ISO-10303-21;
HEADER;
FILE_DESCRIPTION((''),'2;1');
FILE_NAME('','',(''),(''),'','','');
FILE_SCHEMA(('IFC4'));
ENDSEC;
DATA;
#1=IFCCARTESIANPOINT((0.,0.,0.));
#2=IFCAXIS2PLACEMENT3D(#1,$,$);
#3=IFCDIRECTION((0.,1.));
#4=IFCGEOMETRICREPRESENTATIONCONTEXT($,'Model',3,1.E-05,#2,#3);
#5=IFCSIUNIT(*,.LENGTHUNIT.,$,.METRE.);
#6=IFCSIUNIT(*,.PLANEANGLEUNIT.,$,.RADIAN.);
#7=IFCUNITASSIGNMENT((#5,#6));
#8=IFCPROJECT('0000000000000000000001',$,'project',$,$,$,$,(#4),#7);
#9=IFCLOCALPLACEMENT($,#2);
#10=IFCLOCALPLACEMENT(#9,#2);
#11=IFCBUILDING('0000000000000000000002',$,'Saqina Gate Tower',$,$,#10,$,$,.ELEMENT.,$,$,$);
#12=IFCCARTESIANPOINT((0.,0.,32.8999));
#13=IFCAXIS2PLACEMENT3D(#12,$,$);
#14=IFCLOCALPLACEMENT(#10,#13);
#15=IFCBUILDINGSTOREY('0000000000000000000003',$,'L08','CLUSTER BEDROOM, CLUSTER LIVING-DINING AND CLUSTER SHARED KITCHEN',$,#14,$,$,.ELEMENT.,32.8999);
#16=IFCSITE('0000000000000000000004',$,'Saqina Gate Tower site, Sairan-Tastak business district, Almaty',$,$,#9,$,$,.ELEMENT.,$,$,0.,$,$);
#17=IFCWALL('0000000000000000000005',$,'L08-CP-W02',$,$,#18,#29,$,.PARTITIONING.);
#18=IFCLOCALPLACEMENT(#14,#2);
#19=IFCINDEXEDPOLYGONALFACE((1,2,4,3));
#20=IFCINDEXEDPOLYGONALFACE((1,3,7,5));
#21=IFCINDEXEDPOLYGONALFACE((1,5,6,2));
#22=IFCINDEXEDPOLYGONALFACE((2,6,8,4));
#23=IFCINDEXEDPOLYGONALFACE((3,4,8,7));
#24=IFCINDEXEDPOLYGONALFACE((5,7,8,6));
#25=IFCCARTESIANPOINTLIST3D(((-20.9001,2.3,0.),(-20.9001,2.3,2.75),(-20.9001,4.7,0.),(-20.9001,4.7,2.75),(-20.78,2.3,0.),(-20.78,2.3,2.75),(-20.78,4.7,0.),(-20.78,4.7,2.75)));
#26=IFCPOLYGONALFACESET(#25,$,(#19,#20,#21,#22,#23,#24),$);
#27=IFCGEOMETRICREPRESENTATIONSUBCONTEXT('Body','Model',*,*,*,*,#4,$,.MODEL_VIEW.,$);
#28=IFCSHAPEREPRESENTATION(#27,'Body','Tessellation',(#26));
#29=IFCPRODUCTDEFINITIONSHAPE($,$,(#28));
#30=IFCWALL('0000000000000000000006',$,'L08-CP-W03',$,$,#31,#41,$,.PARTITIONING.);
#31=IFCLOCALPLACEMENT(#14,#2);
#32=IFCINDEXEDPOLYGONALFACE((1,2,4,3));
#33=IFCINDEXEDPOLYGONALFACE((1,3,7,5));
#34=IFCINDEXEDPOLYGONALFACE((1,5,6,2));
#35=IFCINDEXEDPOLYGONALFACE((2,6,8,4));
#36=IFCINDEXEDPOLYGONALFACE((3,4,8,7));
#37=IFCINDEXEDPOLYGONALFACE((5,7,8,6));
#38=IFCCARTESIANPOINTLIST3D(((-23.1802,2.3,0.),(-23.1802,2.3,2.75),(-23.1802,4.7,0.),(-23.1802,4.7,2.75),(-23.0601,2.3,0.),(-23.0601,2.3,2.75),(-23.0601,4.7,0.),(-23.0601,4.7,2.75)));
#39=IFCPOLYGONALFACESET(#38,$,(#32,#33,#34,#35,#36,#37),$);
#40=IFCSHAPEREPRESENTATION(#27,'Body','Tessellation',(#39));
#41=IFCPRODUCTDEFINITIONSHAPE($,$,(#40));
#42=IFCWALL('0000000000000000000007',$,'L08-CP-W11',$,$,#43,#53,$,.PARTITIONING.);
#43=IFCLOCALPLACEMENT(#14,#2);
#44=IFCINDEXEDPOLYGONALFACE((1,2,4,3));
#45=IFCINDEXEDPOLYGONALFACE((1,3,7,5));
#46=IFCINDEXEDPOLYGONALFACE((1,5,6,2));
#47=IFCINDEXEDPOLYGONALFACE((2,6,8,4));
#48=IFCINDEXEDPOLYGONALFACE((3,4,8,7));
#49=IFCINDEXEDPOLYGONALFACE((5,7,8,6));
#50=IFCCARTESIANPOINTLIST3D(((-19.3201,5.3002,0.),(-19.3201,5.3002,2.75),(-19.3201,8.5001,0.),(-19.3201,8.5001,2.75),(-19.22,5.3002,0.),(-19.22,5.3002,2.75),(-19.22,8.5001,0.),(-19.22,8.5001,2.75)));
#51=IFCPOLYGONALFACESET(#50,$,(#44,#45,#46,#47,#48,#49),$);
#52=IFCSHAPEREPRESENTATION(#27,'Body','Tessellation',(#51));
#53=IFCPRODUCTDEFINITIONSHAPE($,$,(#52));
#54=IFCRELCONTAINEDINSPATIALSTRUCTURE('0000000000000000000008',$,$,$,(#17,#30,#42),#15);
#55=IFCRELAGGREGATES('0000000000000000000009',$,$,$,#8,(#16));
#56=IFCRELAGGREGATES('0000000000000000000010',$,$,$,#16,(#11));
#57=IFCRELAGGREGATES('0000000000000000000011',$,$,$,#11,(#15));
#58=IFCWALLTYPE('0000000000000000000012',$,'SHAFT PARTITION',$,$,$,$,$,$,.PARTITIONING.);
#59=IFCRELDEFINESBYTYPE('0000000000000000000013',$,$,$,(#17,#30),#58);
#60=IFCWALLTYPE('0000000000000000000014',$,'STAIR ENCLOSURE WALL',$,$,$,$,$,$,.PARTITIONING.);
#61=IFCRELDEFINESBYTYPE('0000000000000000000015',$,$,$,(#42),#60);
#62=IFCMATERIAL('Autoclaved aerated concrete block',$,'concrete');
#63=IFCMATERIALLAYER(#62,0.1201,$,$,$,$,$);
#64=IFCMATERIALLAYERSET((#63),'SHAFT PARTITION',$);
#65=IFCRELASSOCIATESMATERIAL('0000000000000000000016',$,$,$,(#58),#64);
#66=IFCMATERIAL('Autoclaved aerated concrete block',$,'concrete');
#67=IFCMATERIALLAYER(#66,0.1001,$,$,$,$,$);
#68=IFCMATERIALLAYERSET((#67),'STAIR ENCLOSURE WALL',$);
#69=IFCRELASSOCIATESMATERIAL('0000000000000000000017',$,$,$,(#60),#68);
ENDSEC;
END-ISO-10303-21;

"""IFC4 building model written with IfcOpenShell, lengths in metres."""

from ifc_helpers import new_model, si_unit, direction, frame, frame_2d, origin, place, context, subcontext, project, spatial, rectangle, extrude, material, layer, layer_set, type_object, element, save


model = new_model("IFC4")

# Units and contexts
model_context = context("Model", 3, precision=1e-05, world=origin(), true_north=direction((0.0, 1.0)))
body_context = subcontext(model_context, "Body", "Model", "MODEL_VIEW")
ifc_project = project(units=[si_unit("LENGTHUNIT", "METRE"), si_unit("PLANEANGLEUNIT", "RADIAN")], contexts=[model_context])

# Site, building, storey
site_placement = place(None, origin())
site = spatial("IfcSite", under=ifc_project, at=site_placement, Name="Saqina Gate Tower site, Sairan-Tastak business district, Almaty", CompositionType="ELEMENT", RefElevation=0.0)
building_placement = place(site_placement, origin())
building = spatial("IfcBuilding", under=site, at=building_placement, Name="Saqina Gate Tower", CompositionType="ELEMENT")
storey_placement = place(building_placement, frame((0.0, 0.0, 32.8999)))
storey = spatial("IfcBuildingStorey", under=building, at=storey_placement, Name="L08", Description="CLUSTER BEDROOM, CLUSTER LIVING-DINING AND CLUSTER SHARED KITCHEN", CompositionType="ELEMENT", Elevation=32.8999)

# Walls
ifc_material_1 = material(Name="Autoclaved aerated concrete block", Category="concrete")
ifc_layer_1 = layer(ifc_material_1, 0.1201)
ifc_layer_set_1 = layer_set([ifc_layer_1], Name="SHAFT PARTITION")
wall_type_1 = type_object("IfcWallType", Name="SHAFT PARTITION", PredefinedType="PARTITIONING", material=ifc_layer_set_1)
for number, where, z_axis, x_axis, name in (
    (1, (-20.8401, 2.3, 0.0), (0.0, 0.0, 1.0), (0.0, 1.0, 0.0), "L08-CP-W02"),
    (2, (-23.1201, 2.3, 0.0), (0.0, 0.0, 1.0), (0.0, 1.0, 0.0), "L08-CP-W03"),
):
    element("IfcWall", number, at=place(storey_placement, frame(where, z_axis=z_axis, x_axis=x_axis)), inside=storey, type_object=wall_type_1, Name=name, PredefinedType="PARTITIONING", context=body_context, shape_type="SweptSolid", body=[
        extrude(rectangle(XDim=2.3999, YDim=0.1201, at=frame_2d((1.2, 0.0))), origin(), (0.0, 0.0, 1.0), 2.75),
    ])
ifc_material_2 = material(Name="Autoclaved aerated concrete block", Category="concrete")
ifc_layer_2 = layer(ifc_material_2, 0.1001)
ifc_layer_set_2 = layer_set([ifc_layer_2], Name="STAIR ENCLOSURE WALL")
wall_type_2 = type_object("IfcWallType", Name="STAIR ENCLOSURE WALL", PredefinedType="PARTITIONING", material=ifc_layer_set_2)
wall_1_placement = place(storey_placement, frame((-19.27, 5.3, 0.0), z_axis=(0.0, 0.0, 1.0), x_axis=(0.0, 1.0, 0.0)))
element("IfcWall", 3, at=wall_1_placement, inside=storey, type_object=wall_type_2, Name="L08-CP-W11", PredefinedType="PARTITIONING", context=body_context, shape_type="SweptSolid", body=[
    extrude(rectangle(XDim=3.2, YDim=0.1001, at=frame_2d((1.6001, 0.0))), origin(), (0.0, 0.0, 1.0), 2.75),
])

save(model, "model.ifc")
